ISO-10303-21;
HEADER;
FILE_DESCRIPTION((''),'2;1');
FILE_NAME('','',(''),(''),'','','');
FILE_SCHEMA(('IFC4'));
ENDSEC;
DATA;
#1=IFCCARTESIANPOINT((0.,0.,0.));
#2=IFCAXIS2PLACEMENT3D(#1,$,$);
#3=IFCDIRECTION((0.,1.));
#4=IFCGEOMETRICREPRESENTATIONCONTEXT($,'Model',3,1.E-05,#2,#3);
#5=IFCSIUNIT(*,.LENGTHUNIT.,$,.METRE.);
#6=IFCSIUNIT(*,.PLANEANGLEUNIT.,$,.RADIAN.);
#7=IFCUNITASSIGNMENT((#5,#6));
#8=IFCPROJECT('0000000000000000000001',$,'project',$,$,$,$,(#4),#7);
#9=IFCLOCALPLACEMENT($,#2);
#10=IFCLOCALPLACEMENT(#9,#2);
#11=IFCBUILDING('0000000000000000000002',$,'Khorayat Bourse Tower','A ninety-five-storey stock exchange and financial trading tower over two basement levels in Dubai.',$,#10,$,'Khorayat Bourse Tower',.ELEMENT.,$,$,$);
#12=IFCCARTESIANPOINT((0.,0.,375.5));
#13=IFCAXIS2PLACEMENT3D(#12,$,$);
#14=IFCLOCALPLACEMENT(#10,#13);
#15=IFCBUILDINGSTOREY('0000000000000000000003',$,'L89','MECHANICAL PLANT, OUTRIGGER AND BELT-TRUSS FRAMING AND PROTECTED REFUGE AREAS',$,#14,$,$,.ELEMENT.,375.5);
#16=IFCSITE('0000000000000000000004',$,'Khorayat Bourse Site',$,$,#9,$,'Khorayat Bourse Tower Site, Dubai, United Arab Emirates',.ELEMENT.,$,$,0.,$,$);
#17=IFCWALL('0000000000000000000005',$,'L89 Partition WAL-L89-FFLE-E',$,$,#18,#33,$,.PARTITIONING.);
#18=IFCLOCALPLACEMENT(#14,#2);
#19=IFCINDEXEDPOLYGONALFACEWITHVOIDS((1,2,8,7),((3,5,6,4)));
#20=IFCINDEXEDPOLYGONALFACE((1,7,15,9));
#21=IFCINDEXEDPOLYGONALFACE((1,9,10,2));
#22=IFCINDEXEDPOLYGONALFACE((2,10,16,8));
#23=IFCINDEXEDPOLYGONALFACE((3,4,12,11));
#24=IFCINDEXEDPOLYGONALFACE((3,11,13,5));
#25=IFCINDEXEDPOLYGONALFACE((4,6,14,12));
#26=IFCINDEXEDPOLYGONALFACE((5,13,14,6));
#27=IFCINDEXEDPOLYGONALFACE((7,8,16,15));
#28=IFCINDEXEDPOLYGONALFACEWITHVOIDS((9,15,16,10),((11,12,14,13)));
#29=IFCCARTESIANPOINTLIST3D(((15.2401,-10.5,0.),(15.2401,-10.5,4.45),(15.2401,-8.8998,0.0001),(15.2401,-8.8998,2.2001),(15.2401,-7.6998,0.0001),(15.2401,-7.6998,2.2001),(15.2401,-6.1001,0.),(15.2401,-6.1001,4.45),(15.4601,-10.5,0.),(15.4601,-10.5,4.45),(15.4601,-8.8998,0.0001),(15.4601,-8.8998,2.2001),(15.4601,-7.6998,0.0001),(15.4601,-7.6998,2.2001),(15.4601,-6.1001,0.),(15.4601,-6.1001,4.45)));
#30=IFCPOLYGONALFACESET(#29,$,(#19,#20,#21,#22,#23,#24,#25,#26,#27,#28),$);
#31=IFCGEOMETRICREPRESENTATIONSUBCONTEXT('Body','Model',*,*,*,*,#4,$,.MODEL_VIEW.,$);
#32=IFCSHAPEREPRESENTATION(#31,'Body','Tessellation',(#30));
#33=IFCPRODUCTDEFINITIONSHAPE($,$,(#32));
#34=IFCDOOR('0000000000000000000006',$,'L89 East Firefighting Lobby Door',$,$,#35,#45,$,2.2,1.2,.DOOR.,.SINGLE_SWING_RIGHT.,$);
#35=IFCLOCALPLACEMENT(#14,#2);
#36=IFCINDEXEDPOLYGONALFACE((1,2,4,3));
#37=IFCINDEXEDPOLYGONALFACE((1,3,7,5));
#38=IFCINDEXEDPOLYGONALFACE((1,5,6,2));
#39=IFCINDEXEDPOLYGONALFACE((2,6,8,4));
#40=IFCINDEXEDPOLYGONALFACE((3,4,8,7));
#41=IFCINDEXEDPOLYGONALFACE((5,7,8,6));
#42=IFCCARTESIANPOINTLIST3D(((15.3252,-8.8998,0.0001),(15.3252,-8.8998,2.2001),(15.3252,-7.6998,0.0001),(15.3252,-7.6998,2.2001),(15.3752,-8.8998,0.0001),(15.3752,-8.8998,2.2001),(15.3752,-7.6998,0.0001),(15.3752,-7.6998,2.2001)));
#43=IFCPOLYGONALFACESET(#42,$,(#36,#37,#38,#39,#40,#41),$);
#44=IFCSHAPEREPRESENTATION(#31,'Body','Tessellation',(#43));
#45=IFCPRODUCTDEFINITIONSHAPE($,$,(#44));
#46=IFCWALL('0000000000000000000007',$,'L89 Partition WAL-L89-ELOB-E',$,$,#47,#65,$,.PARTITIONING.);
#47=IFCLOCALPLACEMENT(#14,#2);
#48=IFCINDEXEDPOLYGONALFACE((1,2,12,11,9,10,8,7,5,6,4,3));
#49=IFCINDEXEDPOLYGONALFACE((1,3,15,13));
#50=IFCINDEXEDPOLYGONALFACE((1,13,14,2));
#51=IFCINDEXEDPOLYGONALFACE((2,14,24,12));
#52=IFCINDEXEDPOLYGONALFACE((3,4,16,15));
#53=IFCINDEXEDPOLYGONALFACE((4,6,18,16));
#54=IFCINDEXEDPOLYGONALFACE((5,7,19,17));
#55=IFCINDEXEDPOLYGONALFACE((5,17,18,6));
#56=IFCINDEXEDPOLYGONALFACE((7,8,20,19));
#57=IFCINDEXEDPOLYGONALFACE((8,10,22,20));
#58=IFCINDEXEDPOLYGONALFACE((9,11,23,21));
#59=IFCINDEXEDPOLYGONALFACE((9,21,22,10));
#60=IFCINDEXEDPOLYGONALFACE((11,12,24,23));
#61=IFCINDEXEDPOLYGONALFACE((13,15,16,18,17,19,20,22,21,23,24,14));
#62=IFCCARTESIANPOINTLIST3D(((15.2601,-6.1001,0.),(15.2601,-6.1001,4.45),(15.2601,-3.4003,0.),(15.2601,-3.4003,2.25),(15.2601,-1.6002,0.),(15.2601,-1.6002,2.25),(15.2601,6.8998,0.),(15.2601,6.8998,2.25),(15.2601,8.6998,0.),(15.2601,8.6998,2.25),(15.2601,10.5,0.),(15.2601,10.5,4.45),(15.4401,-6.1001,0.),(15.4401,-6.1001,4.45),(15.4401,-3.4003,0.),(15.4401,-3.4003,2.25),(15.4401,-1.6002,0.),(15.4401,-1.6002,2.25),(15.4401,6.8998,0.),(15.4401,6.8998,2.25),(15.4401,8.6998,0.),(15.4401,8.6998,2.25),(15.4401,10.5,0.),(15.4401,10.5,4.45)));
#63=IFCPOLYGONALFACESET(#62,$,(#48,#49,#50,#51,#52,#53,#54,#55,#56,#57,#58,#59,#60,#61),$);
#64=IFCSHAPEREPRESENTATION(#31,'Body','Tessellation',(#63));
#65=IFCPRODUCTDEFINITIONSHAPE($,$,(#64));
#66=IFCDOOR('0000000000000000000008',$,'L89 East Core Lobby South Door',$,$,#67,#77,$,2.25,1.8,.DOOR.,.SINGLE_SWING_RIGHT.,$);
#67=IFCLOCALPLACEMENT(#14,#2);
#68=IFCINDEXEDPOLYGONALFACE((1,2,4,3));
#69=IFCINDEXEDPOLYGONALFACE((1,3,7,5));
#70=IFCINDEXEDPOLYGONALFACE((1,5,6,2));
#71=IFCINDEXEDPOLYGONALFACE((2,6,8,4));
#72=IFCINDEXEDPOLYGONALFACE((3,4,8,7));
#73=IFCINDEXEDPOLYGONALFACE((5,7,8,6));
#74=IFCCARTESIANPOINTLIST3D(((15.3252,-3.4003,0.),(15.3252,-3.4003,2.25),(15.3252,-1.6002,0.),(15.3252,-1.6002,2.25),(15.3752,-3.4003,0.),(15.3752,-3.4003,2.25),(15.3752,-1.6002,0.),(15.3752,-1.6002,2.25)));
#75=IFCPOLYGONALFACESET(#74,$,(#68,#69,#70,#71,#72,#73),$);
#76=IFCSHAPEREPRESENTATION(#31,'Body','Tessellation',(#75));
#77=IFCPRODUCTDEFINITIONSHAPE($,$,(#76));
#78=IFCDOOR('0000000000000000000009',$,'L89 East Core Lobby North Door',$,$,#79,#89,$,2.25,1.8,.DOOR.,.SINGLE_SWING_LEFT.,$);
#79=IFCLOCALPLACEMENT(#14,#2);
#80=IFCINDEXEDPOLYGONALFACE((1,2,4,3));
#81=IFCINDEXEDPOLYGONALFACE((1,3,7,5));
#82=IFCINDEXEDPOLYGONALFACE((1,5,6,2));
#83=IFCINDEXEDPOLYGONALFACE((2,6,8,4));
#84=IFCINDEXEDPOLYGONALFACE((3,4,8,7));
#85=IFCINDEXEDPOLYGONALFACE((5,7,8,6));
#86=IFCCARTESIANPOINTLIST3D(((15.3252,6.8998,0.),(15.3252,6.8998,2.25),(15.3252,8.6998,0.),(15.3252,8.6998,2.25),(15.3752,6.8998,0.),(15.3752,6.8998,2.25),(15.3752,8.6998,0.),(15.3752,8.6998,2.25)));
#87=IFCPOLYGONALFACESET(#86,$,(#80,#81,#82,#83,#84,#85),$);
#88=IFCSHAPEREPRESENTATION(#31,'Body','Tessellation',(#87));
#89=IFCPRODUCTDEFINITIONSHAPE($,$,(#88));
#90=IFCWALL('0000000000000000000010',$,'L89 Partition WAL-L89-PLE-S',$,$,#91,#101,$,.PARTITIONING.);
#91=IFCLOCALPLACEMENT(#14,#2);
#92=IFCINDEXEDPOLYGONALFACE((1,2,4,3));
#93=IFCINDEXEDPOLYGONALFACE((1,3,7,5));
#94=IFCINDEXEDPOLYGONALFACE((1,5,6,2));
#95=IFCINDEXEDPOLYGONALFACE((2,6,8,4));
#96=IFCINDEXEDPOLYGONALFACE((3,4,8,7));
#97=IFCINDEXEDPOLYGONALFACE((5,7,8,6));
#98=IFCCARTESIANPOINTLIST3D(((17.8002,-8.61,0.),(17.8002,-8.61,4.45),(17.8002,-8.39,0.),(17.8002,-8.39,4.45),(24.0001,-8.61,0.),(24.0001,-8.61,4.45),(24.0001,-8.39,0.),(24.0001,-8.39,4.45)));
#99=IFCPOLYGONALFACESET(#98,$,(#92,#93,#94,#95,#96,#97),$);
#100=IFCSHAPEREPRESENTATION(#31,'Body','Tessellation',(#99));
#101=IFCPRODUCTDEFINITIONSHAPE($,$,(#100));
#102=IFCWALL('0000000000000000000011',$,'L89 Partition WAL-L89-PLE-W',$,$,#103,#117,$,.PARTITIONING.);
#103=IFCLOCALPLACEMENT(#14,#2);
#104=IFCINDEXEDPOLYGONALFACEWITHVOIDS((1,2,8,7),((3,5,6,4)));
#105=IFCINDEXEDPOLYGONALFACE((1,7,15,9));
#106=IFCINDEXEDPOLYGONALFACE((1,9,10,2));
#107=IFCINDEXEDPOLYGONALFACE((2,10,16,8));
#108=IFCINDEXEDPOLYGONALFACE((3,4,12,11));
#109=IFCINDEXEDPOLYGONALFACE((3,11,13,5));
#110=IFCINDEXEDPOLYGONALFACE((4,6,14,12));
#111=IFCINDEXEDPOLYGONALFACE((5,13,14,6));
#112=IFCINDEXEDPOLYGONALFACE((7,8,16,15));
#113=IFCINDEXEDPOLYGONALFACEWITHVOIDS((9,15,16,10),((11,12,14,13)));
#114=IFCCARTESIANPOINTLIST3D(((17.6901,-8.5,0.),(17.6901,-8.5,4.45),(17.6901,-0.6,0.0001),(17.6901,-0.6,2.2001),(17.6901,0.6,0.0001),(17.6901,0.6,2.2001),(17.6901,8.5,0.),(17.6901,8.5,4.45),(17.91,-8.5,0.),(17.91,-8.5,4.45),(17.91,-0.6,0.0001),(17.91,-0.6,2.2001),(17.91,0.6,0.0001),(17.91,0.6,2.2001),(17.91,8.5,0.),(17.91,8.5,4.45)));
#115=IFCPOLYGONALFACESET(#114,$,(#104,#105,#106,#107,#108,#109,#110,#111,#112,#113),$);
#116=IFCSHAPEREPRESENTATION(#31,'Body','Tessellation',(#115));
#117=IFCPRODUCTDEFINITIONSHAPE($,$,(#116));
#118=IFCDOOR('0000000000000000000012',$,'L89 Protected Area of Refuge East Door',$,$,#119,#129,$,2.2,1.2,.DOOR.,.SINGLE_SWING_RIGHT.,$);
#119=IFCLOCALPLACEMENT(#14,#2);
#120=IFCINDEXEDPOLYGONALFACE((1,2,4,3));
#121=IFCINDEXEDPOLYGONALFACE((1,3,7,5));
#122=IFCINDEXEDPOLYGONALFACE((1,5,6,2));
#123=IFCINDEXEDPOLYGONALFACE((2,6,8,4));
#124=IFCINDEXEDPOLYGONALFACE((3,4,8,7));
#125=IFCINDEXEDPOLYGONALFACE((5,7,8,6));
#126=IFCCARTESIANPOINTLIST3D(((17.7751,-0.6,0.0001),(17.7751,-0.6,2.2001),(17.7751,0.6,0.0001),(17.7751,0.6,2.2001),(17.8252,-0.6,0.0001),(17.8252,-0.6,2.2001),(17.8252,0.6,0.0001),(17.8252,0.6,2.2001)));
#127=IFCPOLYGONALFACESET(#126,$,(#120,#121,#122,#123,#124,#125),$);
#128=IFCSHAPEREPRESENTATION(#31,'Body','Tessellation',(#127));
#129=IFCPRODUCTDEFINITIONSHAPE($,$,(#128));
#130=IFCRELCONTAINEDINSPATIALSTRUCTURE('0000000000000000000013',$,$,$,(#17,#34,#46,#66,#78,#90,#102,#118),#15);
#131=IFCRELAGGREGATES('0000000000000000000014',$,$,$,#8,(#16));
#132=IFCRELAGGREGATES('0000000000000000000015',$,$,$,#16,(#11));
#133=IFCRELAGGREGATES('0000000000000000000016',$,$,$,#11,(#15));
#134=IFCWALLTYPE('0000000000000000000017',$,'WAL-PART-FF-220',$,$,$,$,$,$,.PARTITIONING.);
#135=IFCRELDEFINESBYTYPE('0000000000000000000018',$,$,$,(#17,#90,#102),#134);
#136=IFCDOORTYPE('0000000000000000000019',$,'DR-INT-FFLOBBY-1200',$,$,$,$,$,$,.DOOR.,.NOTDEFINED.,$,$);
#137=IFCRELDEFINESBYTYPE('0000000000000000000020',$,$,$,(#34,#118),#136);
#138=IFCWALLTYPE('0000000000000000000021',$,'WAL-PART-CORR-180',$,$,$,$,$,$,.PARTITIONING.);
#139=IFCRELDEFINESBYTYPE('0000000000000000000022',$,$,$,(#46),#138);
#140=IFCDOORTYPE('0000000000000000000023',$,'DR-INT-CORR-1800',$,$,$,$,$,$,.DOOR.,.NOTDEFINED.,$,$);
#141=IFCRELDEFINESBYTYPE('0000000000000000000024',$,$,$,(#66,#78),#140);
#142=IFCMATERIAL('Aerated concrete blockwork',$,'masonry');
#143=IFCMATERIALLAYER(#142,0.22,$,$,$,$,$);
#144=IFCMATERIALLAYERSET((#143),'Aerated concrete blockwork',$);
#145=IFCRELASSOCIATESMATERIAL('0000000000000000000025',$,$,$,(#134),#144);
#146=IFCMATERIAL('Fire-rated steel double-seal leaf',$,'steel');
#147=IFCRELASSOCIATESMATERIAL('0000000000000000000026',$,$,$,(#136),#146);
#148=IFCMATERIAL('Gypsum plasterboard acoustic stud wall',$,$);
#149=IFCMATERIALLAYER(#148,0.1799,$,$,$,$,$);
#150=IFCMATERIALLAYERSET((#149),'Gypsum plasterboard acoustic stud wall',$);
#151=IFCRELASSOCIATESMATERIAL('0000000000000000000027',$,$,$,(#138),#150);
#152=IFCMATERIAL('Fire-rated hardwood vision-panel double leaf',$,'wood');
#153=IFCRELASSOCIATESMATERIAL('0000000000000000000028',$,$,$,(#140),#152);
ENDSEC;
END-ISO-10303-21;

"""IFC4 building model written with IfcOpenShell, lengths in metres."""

from ifc_helpers import new_model, si_unit, direction, frame, frame_2d, origin, place, context, subcontext, project, spatial, rectangle, extrude, source, transform, mapped, material, layer, layer_set, type_object, element, fill, save


model = new_model("IFC4")

# Units and contexts
model_context = context("Model", 3, precision=1e-05, world=origin(), true_north=direction((0.0, 1.0)))
body_context = subcontext(model_context, "Body", "Model", "MODEL_VIEW")
ifc_project = project(units=[si_unit("LENGTHUNIT", "METRE"), si_unit("PLANEANGLEUNIT", "RADIAN")], contexts=[model_context])

# Site, building, storey
site_placement = place(None, origin())
site = spatial("IfcSite", under=ifc_project, at=site_placement, Name="Khorayat Bourse Site", LongName="Khorayat Bourse Tower Site, Dubai, United Arab Emirates", CompositionType="ELEMENT", RefElevation=0.0)
building_placement = place(site_placement, origin())
building = spatial("IfcBuilding", under=site, at=building_placement, Name="Khorayat Bourse Tower", Description="A ninety-five-storey stock exchange and financial trading tower over two basement levels in Dubai.", LongName="Khorayat Bourse Tower", CompositionType="ELEMENT")
storey_placement = place(building_placement, frame((0.0, 0.0, 375.5)))
storey = spatial("IfcBuildingStorey", under=building, at=storey_placement, Name="L89", Description="MECHANICAL PLANT, OUTRIGGER AND BELT-TRUSS FRAMING AND PROTECTED REFUGE AREAS", CompositionType="ELEMENT", Elevation=375.5)

# Shared definitions
ifc_material_1 = material(Name="Aerated concrete blockwork", Category="masonry")
ifc_layer_1 = layer(ifc_material_1, 0.22)
ifc_layer_set_1 = layer_set([ifc_layer_1], Name="Aerated concrete blockwork")
wall_type_1 = type_object("IfcWallType", Name="WAL-PART-FF-220", PredefinedType="PARTITIONING", material=ifc_layer_set_1)

# Wall, opening, door
shared_shape_1 = source(origin(), body_context, "Body", "SweptSolid", [
    extrude(rectangle(XDim=4.3999, YDim=0.22, at=frame_2d((2.2, 0.0))), origin(), (0.0, 0.0, 1.0), 4.45),
])
wall_1_placement = place(storey_placement, frame((15.3501, -10.5, 0.0), z_axis=(0.0, 0.0, 1.0), x_axis=(0.0, 1.0, 0.0)))
wall_1 = element("IfcWall", 1, at=wall_1_placement, inside=storey, type_object=wall_type_1, Name="L89 Partition WAL-L89-FFLE-E", PredefinedType="PARTITIONING", context=body_context, shape_type="MappedRepresentation", body=[
    mapped(shared_shape_1, transform((0.0, 0.0, 0.0), scale=1.0)),
])
shared_shape_2 = source(origin(), body_context, "Body", "SweptSolid", [
    extrude(rectangle(XDim=1.2, YDim=2.2, at=frame_2d((0.6001, 1.1001))), frame((0.0, 0.1199, 0.0), z_axis=(0.0, -1.0, 0.0), x_axis=(1.0, 0.0, 0.0)), (0.0, 0.0, 1.0), 0.24),
])
opening_1_placement = place(wall_1_placement, frame((1.6001, 0.0, 0.0)))
opening_1 = element("IfcOpeningElement", 2, at=opening_1_placement, cuts=wall_1, PredefinedType="OPENING", context=body_context, shape_type="MappedRepresentation", body=[
    mapped(shared_shape_2, transform((0.0, 0.0, 0.0), scale=1.0)),
])
ifc_material_2 = material(Name="Fire-rated steel double-seal leaf", Category="steel")
door_type_1 = type_object("IfcDoorType", Name="DR-INT-FFLOBBY-1200", OperationType="NOTDEFINED", PredefinedType="DOOR", material=ifc_material_2)
shared_shape_3 = source(origin(), body_context, "Body", "SweptSolid", [
    extrude(rectangle(XDim=1.2, YDim=2.2, at=frame_2d((0.6001, 1.1001))), frame((0.0, 0.0249, 0.0), z_axis=(0.0, -1.0, 0.0), x_axis=(1.0, 0.0, 0.0)), (0.0, 0.0, 1.0), 0.05),
])
door_1_placement = place(opening_1_placement, origin())
door_1 = element("IfcDoor", 3, at=door_1_placement, inside=storey, type_object=door_type_1, Name="L89 East Firefighting Lobby Door", OperationType="SINGLE_SWING_RIGHT", OverallHeight=2.2, OverallWidth=1.2, PredefinedType="DOOR", context=body_context, shape_type="MappedRepresentation", body=[
    mapped(shared_shape_3, transform((0.0, 0.0, 0.0), scale=1.0)),
])
fill(opening_1, door_1)

# Wall, openings, doors
ifc_material_3 = material(Name="Gypsum plasterboard acoustic stud wall")
ifc_layer_2 = layer(ifc_material_3, 0.1799)
ifc_layer_set_2 = layer_set([ifc_layer_2], Name="Gypsum plasterboard acoustic stud wall")
wall_type_2 = type_object("IfcWallType", Name="WAL-PART-CORR-180", PredefinedType="PARTITIONING", material=ifc_layer_set_2)
shared_shape_4 = source(origin(), body_context, "Body", "SweptSolid", [
    extrude(rectangle(XDim=16.6001, YDim=0.1799, at=frame_2d((8.3, 0.0))), origin(), (0.0, 0.0, 1.0), 4.45),
])
wall_2_placement = place(storey_placement, frame((15.3501, -6.1001, 0.0), z_axis=(0.0, 0.0, 1.0), x_axis=(0.0, 1.0, 0.0)))
wall_2 = element("IfcWall", 4, at=wall_2_placement, inside=storey, type_object=wall_type_2, Name="L89 Partition WAL-L89-ELOB-E", PredefinedType="PARTITIONING", context=body_context, shape_type="MappedRepresentation", body=[
    mapped(shared_shape_4, transform((0.0, 0.0, 0.0), scale=1.0)),
])
shared_shape_5 = source(origin(), body_context, "Body", "SweptSolid", [
    extrude(rectangle(XDim=1.8, YDim=2.25, at=frame_2d((0.8999, 1.125))), frame((0.0, 0.0999, 0.0), z_axis=(0.0, -1.0, 0.0), x_axis=(1.0, 0.0, 0.0)), (0.0, 0.0, 1.0), 0.2),
])
opening_2_placement = place(wall_2_placement, frame((2.7, 0.0, 0.0)))
opening_2 = element("IfcOpeningElement", 5, at=opening_2_placement, cuts=wall_2, PredefinedType="OPENING", context=body_context, shape_type="MappedRepresentation", body=[
    mapped(shared_shape_5, transform((0.0, 0.0, 0.0), scale=1.0)),
])
opening_3_placement = place(wall_2_placement, frame((13.0, 0.0, 0.0)))
opening_3 = element("IfcOpeningElement", 6, at=opening_3_placement, cuts=wall_2, PredefinedType="OPENING", context=body_context, shape_type="MappedRepresentation", body=[
    mapped(shared_shape_5, transform((0.0, 0.0, 0.0), scale=1.0)),
])
ifc_material_4 = material(Name="Fire-rated hardwood vision-panel double leaf", Category="wood")
door_type_2 = type_object("IfcDoorType", Name="DR-INT-CORR-1800", OperationType="NOTDEFINED", PredefinedType="DOOR", material=ifc_material_4)
shared_shape_6 = source(origin(), body_context, "Body", "SweptSolid", [
    extrude(rectangle(XDim=1.8, YDim=2.25, at=frame_2d((0.8999, 1.125))), frame((0.0, 0.0249, 0.0), z_axis=(0.0, -1.0, 0.0), x_axis=(1.0, 0.0, 0.0)), (0.0, 0.0, 1.0), 0.05),
])
door_2_placement = place(opening_2_placement, origin())
door_2 = element("IfcDoor", 7, at=door_2_placement, inside=storey, type_object=door_type_2, Name="L89 East Core Lobby South Door", OperationType="SINGLE_SWING_RIGHT", OverallHeight=2.25, OverallWidth=1.8, PredefinedType="DOOR", context=body_context, shape_type="MappedRepresentation", body=[
    mapped(shared_shape_6, transform((0.0, 0.0, 0.0), scale=1.0)),
])
fill(opening_2, door_2)
door_3_placement = place(opening_3_placement, origin())
door_3 = element("IfcDoor", 8, at=door_3_placement, inside=storey, type_object=door_type_2, Name="L89 East Core Lobby North Door", OperationType="SINGLE_SWING_LEFT", OverallHeight=2.25, OverallWidth=1.8, PredefinedType="DOOR", context=body_context, shape_type="MappedRepresentation", body=[
    mapped(shared_shape_6, transform((0.0, 0.0, 0.0), scale=1.0)),
])
fill(opening_3, door_3)

# Wall
shared_shape_7 = source(origin(), body_context, "Body", "SweptSolid", [
    extrude(rectangle(XDim=6.2, YDim=0.22, at=frame_2d((3.1001, 0.0))), origin(), (0.0, 0.0, 1.0), 4.45),
])
wall_3_placement = place(storey_placement, frame((17.8, -8.5, 0.0), z_axis=(0.0, 0.0, 1.0), x_axis=(1.0, 0.0, 0.0)))
element("IfcWall", 9, at=wall_3_placement, inside=storey, type_object=wall_type_1, Name="L89 Partition WAL-L89-PLE-S", PredefinedType="PARTITIONING", context=body_context, shape_type="MappedRepresentation", body=[
    mapped(shared_shape_7, transform((0.0, 0.0, 0.0), scale=1.0)),
])

# Wall, opening, door
shared_shape_8 = source(origin(), body_context, "Body", "SweptSolid", [
    extrude(rectangle(XDim=17.0, YDim=0.22, at=frame_2d((8.5, 0.0))), origin(), (0.0, 0.0, 1.0), 4.45),
])
wall_4_placement = place(storey_placement, frame((17.8, -8.5, 0.0), z_axis=(0.0, 0.0, 1.0), x_axis=(0.0, 1.0, 0.0)))
wall_4 = element("IfcWall", 10, at=wall_4_placement, inside=storey, type_object=wall_type_1, Name="L89 Partition WAL-L89-PLE-W", PredefinedType="PARTITIONING", context=body_context, shape_type="MappedRepresentation", body=[
    mapped(shared_shape_8, transform((0.0, 0.0, 0.0), scale=1.0)),
])
opening_4_placement = place(wall_4_placement, frame((7.8999, 0.0, 0.0)))
opening_4 = element("IfcOpeningElement", 11, at=opening_4_placement, cuts=wall_4, PredefinedType="OPENING", context=body_context, shape_type="MappedRepresentation", body=[
    mapped(shared_shape_2, transform((0.0, 0.0, 0.0), scale=1.0)),
])
door_4_placement = place(opening_4_placement, origin())
door_4 = element("IfcDoor", 12, at=door_4_placement, inside=storey, type_object=door_type_1, Name="L89 Protected Area of Refuge East Door", OperationType="SINGLE_SWING_RIGHT", OverallHeight=2.2, OverallWidth=1.2, PredefinedType="DOOR", context=body_context, shape_type="MappedRepresentation", body=[
    mapped(shared_shape_3, transform((0.0, 0.0, 0.0), scale=1.0)),
])
fill(opening_4, door_4)

save(model, "model.ifc")
